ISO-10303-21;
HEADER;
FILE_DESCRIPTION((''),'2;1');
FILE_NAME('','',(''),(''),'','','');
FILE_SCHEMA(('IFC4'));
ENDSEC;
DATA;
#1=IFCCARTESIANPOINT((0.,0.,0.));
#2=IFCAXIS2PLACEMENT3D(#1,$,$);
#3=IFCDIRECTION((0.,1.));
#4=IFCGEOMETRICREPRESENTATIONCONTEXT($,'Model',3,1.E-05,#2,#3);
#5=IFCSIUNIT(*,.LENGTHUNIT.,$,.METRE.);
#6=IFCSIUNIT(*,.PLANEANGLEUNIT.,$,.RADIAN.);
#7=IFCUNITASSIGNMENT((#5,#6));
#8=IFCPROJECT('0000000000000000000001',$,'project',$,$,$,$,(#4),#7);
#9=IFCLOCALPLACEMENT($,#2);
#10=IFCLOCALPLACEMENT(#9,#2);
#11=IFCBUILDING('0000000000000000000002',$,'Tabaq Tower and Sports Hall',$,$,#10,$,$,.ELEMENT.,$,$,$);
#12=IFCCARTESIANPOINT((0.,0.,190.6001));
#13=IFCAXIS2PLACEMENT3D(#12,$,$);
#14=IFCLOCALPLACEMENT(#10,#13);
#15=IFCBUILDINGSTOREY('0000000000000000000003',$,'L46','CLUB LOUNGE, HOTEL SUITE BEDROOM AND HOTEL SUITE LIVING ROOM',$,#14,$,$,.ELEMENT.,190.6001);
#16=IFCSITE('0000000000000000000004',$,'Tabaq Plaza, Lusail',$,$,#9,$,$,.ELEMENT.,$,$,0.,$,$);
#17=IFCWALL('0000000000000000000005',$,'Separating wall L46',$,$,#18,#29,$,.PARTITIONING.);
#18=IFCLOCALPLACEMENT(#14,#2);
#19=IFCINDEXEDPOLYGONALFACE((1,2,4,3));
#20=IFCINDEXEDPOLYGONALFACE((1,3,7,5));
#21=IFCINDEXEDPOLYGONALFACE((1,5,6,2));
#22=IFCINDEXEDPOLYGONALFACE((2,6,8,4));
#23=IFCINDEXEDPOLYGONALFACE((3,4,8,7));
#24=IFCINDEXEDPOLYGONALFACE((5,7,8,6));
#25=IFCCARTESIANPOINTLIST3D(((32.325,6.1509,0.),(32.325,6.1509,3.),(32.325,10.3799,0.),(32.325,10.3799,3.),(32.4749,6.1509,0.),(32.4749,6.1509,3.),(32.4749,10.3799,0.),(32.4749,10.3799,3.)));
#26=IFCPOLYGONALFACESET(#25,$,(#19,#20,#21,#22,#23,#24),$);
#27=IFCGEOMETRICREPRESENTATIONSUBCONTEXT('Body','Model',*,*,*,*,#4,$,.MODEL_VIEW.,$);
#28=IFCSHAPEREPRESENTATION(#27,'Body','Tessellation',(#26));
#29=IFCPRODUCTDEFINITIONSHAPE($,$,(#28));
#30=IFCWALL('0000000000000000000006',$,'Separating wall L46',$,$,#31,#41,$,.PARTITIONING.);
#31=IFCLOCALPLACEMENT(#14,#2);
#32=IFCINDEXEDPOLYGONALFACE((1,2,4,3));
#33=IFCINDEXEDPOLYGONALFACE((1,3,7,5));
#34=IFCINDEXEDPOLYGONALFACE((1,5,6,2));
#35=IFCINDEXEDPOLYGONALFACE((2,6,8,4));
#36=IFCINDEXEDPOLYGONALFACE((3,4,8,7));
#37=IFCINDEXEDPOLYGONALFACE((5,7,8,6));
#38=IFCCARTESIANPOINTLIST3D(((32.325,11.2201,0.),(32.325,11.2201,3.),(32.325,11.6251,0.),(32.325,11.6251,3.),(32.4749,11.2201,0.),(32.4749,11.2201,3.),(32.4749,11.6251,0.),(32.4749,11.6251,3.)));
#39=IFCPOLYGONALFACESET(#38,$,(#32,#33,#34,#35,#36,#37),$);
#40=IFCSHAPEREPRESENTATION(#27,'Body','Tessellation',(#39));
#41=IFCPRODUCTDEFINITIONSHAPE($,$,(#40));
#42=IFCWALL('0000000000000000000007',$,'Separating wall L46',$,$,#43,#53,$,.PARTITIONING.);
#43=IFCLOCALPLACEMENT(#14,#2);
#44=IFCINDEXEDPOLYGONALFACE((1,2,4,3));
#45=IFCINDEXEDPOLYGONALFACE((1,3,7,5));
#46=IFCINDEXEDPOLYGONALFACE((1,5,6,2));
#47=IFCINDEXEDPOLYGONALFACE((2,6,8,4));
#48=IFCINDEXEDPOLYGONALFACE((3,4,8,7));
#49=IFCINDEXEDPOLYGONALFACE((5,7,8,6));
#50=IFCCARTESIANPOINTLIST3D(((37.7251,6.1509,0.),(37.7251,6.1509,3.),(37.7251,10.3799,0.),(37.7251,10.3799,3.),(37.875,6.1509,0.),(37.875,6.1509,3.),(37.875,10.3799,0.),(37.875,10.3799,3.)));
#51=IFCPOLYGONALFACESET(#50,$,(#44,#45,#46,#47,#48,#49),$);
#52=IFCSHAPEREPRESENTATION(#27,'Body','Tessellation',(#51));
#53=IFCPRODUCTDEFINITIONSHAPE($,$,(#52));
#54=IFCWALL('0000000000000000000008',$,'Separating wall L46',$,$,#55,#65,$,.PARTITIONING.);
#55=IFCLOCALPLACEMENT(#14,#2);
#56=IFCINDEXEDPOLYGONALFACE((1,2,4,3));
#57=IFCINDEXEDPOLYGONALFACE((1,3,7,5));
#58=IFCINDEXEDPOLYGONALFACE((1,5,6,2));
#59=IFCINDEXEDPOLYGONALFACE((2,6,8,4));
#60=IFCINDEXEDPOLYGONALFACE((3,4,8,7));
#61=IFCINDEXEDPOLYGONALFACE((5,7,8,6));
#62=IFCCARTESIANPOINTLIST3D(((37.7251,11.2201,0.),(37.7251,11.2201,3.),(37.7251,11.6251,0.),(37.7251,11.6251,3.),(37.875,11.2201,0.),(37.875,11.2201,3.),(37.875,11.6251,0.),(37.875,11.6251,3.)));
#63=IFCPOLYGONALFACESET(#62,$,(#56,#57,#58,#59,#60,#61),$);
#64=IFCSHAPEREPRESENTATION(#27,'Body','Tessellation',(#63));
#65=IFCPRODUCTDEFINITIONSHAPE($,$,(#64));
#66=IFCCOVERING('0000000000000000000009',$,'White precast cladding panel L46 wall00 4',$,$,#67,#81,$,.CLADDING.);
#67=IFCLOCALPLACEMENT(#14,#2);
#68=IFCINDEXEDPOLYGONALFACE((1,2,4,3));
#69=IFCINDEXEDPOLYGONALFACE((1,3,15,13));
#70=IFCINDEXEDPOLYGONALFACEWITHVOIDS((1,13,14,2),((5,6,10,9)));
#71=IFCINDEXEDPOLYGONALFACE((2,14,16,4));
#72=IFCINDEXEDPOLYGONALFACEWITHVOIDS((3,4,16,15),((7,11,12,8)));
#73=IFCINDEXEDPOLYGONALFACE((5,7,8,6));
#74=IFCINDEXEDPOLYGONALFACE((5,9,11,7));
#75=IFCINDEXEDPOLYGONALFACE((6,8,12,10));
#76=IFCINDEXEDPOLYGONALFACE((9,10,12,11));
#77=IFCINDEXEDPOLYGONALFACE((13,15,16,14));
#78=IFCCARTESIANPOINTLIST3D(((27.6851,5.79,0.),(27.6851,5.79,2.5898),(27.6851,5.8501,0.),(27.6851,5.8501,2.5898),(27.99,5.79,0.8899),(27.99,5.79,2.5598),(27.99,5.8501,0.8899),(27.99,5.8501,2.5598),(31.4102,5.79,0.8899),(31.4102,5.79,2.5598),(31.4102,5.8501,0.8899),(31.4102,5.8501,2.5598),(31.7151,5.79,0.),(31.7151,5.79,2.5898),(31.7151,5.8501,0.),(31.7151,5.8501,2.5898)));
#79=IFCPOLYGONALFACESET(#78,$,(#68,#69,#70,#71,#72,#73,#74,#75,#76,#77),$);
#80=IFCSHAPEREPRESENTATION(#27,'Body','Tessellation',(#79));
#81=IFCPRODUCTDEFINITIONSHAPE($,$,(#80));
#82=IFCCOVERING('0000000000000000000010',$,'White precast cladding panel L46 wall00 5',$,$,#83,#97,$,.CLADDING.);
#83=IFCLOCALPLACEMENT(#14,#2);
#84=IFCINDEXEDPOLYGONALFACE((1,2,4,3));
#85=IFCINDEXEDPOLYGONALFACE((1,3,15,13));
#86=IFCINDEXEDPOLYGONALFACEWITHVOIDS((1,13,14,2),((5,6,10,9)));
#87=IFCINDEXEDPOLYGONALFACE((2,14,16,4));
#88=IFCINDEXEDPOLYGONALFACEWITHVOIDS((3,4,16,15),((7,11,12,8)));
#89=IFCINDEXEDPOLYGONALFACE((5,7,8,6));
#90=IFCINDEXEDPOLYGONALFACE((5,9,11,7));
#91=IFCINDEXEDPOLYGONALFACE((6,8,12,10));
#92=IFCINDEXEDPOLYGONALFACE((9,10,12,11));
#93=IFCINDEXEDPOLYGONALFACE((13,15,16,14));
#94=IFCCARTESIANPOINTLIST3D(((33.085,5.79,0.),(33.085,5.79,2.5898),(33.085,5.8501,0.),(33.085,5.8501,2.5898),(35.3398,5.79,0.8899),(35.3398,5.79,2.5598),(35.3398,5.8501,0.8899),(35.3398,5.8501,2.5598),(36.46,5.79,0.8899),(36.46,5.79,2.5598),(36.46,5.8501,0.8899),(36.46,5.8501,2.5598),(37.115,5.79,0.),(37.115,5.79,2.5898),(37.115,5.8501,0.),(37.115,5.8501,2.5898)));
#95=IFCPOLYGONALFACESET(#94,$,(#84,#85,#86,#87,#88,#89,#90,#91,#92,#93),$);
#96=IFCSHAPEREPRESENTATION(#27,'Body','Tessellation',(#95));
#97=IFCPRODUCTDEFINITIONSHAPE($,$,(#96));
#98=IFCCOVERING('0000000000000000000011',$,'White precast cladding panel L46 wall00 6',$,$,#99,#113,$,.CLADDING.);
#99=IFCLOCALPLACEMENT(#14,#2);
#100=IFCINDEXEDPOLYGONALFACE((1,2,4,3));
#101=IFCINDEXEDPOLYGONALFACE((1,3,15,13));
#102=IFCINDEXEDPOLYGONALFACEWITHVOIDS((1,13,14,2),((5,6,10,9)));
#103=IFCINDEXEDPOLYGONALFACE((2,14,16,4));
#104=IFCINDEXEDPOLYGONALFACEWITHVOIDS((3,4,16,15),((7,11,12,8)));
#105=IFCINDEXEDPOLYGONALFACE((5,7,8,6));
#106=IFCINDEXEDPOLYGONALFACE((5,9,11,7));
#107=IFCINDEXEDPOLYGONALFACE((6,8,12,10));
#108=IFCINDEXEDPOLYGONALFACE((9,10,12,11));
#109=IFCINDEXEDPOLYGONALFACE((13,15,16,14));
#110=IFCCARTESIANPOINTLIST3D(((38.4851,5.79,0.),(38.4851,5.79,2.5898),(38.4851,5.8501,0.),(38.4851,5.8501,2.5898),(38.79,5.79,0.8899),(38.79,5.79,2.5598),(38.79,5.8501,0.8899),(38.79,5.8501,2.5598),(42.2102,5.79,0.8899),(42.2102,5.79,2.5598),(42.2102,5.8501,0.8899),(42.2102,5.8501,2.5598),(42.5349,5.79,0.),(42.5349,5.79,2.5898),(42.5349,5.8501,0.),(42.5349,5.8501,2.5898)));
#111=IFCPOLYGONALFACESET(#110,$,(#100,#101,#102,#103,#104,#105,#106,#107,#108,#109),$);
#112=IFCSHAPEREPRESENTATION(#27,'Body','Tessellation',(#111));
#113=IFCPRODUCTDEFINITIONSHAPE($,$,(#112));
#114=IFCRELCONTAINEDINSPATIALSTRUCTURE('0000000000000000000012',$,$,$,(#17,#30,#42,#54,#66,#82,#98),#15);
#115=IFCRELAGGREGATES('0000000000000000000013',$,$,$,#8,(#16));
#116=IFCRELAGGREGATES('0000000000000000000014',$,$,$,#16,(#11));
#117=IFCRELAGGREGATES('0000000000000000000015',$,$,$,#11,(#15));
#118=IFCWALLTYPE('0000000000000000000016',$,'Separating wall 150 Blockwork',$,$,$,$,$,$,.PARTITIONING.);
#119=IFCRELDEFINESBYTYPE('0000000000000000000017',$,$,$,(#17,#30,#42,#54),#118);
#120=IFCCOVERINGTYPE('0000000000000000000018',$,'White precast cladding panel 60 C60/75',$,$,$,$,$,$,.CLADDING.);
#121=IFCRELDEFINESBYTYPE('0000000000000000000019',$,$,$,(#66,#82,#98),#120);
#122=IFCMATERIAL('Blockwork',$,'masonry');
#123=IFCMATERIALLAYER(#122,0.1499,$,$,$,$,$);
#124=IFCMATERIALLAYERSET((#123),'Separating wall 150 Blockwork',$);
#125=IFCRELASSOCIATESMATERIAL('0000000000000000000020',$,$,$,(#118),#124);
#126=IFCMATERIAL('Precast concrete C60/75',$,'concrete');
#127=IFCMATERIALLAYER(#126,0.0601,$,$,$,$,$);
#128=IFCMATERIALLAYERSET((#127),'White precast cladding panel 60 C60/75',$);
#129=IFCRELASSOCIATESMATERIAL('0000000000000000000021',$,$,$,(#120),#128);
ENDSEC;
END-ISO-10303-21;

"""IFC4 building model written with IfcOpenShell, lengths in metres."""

from ifc_helpers import new_model, si_unit, direction, frame, frame_2d, origin, place, context, subcontext, project, spatial, polyline, rectangle, outline, extrude, material, layer, layer_set, type_object, element, save


model = new_model("IFC4")

# Units and contexts
model_context = context("Model", 3, precision=1e-05, world=origin(), true_north=direction((0.0, 1.0)))
body_context = subcontext(model_context, "Body", "Model", "MODEL_VIEW")
ifc_project = project(units=[si_unit("LENGTHUNIT", "METRE"), si_unit("PLANEANGLEUNIT", "RADIAN")], contexts=[model_context])

# Site, building, storey
site_placement = place(None, origin())
site = spatial("IfcSite", under=ifc_project, at=site_placement, Name="Tabaq Plaza, Lusail", CompositionType="ELEMENT", RefElevation=0.0)
building_placement = place(site_placement, origin())
building = spatial("IfcBuilding", under=site, at=building_placement, Name="Tabaq Tower and Sports Hall", CompositionType="ELEMENT")
storey_placement = place(building_placement, frame((0.0, 0.0, 190.6001)))
storey = spatial("IfcBuildingStorey", under=building, at=storey_placement, Name="L46", Description="CLUB LOUNGE, HOTEL SUITE BEDROOM AND HOTEL SUITE LIVING ROOM", CompositionType="ELEMENT", Elevation=190.6001)

# Walls
ifc_material_1 = material(Name="Blockwork", Category="masonry")
ifc_layer_1 = layer(ifc_material_1, 0.1499)
ifc_layer_set_1 = layer_set([ifc_layer_1], Name="Separating wall 150 Blockwork")
wall_type_1 = type_object("IfcWallType", Name="Separating wall 150 Blockwork", PredefinedType="PARTITIONING", material=ifc_layer_set_1)
wall_1_placement = place(storey_placement, frame((32.3999, 6.1509, 0.0), z_axis=(0.0, 0.0, 1.0), x_axis=(0.0, 1.0, 0.0)))
element("IfcWall", 1, at=wall_1_placement, inside=storey, type_object=wall_type_1, Name="Separating wall L46", PredefinedType="PARTITIONING", context=body_context, shape_type="SweptSolid", body=[
    extrude(rectangle(XDim=4.229, YDim=0.1499, at=frame_2d((2.1145, 0.0))), origin(), (0.0, 0.0, 1.0), 3.0),
])
wall_2_placement = place(storey_placement, frame((32.3999, 11.22, 0.0), z_axis=(0.0, 0.0, 1.0), x_axis=(0.0, 1.0, 0.0)))
element("IfcWall", 2, at=wall_2_placement, inside=storey, type_object=wall_type_1, Name="Separating wall L46", PredefinedType="PARTITIONING", context=body_context, shape_type="SweptSolid", body=[
    extrude(rectangle(XDim=0.405, YDim=0.1499, at=frame_2d((0.2026, 0.0))), origin(), (0.0, 0.0, 1.0), 3.0),
])
wall_3_placement = place(storey_placement, frame((37.8, 6.1509, 0.0), z_axis=(0.0, 0.0, 1.0), x_axis=(0.0, 1.0, 0.0)))
element("IfcWall", 3, at=wall_3_placement, inside=storey, type_object=wall_type_1, Name="Separating wall L46", PredefinedType="PARTITIONING", context=body_context, shape_type="SweptSolid", body=[
    extrude(rectangle(XDim=4.229, YDim=0.1499, at=frame_2d((2.1145, 0.0))), origin(), (0.0, 0.0, 1.0), 3.0),
])
wall_4_placement = place(storey_placement, frame((37.8, 11.22, 0.0), z_axis=(0.0, 0.0, 1.0), x_axis=(0.0, 1.0, 0.0)))
element("IfcWall", 4, at=wall_4_placement, inside=storey, type_object=wall_type_1, Name="Separating wall L46", PredefinedType="PARTITIONING", context=body_context, shape_type="SweptSolid", body=[
    extrude(rectangle(XDim=0.405, YDim=0.1499, at=frame_2d((0.2026, 0.0))), origin(), (0.0, 0.0, 1.0), 3.0),
])

# Coverings
ifc_material_2 = material(Name="Precast concrete C60/75", Category="concrete")
ifc_layer_2 = layer(ifc_material_2, 0.0601)
ifc_layer_set_2 = layer_set([ifc_layer_2], Name="White precast cladding panel 60 C60/75")
covering_type = type_object("IfcCoveringType", Name="White precast cladding panel 60 C60/75", PredefinedType="CLADDING", material=ifc_layer_set_2)
covering_1_placement = place(storey_placement, frame((27.6851, 5.8201, 0.0), z_axis=(0.0, 0.0, 1.0), x_axis=(1.0, 0.0, 0.0)))
element("IfcCovering", 5, at=covering_1_placement, inside=storey, type_object=covering_type, Name="White precast cladding panel L46 wall00 4", PredefinedType="CLADDING", context=body_context, shape_type="SweptSolid", body=[
    extrude(outline(polyline([(0.0, 0.0), (4.03, 0.0), (4.03, 2.5898), (0.0, 2.5898), (0.0, 0.0)]), holes=[polyline([(3.7251, 0.8899), (0.3049, 0.8899), (0.3049, 2.5598), (3.7251, 2.5598), (3.7251, 0.8899)])]), frame((0.0, 0.03, 0.0), z_axis=(0.0, -1.0, 0.0), x_axis=(1.0, 0.0, 0.0)), (0.0, 0.0, 1.0), 0.0601),
])
covering_2_placement = place(storey_placement, frame((33.085, 5.8201, 0.0), z_axis=(0.0, 0.0, 1.0), x_axis=(1.0, 0.0, 0.0)))
element("IfcCovering", 6, at=covering_2_placement, inside=storey, type_object=covering_type, Name="White precast cladding panel L46 wall00 5", PredefinedType="CLADDING", context=body_context, shape_type="SweptSolid", body=[
    extrude(outline(polyline([(0.0, 0.0), (4.03, 0.0), (4.03, 2.5898), (0.0, 2.5898), (0.0, 0.0)]), holes=[polyline([(3.375, 0.8899), (2.2549, 0.8899), (2.2549, 2.5598), (3.375, 2.5598), (3.375, 0.8899)])]), frame((0.0, 0.03, 0.0), z_axis=(0.0, -1.0, 0.0), x_axis=(1.0, 0.0, 0.0)), (0.0, 0.0, 1.0), 0.0601),
])
covering_3_placement = place(storey_placement, frame((38.4851, 5.8201, 0.0), z_axis=(0.0, 0.0, 1.0), x_axis=(1.0, 0.0, 0.0)))
element("IfcCovering", 7, at=covering_3_placement, inside=storey, type_object=covering_type, Name="White precast cladding panel L46 wall00 6", PredefinedType="CLADDING", context=body_context, shape_type="SweptSolid", body=[
    extrude(outline(polyline([(0.0, 0.0), (4.0498, 0.0), (4.0498, 2.5898), (0.0, 2.5898), (0.0, 0.0)]), holes=[polyline([(3.7251, 0.8899), (0.3049, 0.8899), (0.3049, 2.5598), (3.7251, 2.5598), (3.7251, 0.8899)])]), frame((0.0, 0.03, 0.0), z_axis=(0.0, -1.0, 0.0), x_axis=(1.0, 0.0, 0.0)), (0.0, 0.0, 1.0), 0.0601),
])

save(model, "model.ifc")
